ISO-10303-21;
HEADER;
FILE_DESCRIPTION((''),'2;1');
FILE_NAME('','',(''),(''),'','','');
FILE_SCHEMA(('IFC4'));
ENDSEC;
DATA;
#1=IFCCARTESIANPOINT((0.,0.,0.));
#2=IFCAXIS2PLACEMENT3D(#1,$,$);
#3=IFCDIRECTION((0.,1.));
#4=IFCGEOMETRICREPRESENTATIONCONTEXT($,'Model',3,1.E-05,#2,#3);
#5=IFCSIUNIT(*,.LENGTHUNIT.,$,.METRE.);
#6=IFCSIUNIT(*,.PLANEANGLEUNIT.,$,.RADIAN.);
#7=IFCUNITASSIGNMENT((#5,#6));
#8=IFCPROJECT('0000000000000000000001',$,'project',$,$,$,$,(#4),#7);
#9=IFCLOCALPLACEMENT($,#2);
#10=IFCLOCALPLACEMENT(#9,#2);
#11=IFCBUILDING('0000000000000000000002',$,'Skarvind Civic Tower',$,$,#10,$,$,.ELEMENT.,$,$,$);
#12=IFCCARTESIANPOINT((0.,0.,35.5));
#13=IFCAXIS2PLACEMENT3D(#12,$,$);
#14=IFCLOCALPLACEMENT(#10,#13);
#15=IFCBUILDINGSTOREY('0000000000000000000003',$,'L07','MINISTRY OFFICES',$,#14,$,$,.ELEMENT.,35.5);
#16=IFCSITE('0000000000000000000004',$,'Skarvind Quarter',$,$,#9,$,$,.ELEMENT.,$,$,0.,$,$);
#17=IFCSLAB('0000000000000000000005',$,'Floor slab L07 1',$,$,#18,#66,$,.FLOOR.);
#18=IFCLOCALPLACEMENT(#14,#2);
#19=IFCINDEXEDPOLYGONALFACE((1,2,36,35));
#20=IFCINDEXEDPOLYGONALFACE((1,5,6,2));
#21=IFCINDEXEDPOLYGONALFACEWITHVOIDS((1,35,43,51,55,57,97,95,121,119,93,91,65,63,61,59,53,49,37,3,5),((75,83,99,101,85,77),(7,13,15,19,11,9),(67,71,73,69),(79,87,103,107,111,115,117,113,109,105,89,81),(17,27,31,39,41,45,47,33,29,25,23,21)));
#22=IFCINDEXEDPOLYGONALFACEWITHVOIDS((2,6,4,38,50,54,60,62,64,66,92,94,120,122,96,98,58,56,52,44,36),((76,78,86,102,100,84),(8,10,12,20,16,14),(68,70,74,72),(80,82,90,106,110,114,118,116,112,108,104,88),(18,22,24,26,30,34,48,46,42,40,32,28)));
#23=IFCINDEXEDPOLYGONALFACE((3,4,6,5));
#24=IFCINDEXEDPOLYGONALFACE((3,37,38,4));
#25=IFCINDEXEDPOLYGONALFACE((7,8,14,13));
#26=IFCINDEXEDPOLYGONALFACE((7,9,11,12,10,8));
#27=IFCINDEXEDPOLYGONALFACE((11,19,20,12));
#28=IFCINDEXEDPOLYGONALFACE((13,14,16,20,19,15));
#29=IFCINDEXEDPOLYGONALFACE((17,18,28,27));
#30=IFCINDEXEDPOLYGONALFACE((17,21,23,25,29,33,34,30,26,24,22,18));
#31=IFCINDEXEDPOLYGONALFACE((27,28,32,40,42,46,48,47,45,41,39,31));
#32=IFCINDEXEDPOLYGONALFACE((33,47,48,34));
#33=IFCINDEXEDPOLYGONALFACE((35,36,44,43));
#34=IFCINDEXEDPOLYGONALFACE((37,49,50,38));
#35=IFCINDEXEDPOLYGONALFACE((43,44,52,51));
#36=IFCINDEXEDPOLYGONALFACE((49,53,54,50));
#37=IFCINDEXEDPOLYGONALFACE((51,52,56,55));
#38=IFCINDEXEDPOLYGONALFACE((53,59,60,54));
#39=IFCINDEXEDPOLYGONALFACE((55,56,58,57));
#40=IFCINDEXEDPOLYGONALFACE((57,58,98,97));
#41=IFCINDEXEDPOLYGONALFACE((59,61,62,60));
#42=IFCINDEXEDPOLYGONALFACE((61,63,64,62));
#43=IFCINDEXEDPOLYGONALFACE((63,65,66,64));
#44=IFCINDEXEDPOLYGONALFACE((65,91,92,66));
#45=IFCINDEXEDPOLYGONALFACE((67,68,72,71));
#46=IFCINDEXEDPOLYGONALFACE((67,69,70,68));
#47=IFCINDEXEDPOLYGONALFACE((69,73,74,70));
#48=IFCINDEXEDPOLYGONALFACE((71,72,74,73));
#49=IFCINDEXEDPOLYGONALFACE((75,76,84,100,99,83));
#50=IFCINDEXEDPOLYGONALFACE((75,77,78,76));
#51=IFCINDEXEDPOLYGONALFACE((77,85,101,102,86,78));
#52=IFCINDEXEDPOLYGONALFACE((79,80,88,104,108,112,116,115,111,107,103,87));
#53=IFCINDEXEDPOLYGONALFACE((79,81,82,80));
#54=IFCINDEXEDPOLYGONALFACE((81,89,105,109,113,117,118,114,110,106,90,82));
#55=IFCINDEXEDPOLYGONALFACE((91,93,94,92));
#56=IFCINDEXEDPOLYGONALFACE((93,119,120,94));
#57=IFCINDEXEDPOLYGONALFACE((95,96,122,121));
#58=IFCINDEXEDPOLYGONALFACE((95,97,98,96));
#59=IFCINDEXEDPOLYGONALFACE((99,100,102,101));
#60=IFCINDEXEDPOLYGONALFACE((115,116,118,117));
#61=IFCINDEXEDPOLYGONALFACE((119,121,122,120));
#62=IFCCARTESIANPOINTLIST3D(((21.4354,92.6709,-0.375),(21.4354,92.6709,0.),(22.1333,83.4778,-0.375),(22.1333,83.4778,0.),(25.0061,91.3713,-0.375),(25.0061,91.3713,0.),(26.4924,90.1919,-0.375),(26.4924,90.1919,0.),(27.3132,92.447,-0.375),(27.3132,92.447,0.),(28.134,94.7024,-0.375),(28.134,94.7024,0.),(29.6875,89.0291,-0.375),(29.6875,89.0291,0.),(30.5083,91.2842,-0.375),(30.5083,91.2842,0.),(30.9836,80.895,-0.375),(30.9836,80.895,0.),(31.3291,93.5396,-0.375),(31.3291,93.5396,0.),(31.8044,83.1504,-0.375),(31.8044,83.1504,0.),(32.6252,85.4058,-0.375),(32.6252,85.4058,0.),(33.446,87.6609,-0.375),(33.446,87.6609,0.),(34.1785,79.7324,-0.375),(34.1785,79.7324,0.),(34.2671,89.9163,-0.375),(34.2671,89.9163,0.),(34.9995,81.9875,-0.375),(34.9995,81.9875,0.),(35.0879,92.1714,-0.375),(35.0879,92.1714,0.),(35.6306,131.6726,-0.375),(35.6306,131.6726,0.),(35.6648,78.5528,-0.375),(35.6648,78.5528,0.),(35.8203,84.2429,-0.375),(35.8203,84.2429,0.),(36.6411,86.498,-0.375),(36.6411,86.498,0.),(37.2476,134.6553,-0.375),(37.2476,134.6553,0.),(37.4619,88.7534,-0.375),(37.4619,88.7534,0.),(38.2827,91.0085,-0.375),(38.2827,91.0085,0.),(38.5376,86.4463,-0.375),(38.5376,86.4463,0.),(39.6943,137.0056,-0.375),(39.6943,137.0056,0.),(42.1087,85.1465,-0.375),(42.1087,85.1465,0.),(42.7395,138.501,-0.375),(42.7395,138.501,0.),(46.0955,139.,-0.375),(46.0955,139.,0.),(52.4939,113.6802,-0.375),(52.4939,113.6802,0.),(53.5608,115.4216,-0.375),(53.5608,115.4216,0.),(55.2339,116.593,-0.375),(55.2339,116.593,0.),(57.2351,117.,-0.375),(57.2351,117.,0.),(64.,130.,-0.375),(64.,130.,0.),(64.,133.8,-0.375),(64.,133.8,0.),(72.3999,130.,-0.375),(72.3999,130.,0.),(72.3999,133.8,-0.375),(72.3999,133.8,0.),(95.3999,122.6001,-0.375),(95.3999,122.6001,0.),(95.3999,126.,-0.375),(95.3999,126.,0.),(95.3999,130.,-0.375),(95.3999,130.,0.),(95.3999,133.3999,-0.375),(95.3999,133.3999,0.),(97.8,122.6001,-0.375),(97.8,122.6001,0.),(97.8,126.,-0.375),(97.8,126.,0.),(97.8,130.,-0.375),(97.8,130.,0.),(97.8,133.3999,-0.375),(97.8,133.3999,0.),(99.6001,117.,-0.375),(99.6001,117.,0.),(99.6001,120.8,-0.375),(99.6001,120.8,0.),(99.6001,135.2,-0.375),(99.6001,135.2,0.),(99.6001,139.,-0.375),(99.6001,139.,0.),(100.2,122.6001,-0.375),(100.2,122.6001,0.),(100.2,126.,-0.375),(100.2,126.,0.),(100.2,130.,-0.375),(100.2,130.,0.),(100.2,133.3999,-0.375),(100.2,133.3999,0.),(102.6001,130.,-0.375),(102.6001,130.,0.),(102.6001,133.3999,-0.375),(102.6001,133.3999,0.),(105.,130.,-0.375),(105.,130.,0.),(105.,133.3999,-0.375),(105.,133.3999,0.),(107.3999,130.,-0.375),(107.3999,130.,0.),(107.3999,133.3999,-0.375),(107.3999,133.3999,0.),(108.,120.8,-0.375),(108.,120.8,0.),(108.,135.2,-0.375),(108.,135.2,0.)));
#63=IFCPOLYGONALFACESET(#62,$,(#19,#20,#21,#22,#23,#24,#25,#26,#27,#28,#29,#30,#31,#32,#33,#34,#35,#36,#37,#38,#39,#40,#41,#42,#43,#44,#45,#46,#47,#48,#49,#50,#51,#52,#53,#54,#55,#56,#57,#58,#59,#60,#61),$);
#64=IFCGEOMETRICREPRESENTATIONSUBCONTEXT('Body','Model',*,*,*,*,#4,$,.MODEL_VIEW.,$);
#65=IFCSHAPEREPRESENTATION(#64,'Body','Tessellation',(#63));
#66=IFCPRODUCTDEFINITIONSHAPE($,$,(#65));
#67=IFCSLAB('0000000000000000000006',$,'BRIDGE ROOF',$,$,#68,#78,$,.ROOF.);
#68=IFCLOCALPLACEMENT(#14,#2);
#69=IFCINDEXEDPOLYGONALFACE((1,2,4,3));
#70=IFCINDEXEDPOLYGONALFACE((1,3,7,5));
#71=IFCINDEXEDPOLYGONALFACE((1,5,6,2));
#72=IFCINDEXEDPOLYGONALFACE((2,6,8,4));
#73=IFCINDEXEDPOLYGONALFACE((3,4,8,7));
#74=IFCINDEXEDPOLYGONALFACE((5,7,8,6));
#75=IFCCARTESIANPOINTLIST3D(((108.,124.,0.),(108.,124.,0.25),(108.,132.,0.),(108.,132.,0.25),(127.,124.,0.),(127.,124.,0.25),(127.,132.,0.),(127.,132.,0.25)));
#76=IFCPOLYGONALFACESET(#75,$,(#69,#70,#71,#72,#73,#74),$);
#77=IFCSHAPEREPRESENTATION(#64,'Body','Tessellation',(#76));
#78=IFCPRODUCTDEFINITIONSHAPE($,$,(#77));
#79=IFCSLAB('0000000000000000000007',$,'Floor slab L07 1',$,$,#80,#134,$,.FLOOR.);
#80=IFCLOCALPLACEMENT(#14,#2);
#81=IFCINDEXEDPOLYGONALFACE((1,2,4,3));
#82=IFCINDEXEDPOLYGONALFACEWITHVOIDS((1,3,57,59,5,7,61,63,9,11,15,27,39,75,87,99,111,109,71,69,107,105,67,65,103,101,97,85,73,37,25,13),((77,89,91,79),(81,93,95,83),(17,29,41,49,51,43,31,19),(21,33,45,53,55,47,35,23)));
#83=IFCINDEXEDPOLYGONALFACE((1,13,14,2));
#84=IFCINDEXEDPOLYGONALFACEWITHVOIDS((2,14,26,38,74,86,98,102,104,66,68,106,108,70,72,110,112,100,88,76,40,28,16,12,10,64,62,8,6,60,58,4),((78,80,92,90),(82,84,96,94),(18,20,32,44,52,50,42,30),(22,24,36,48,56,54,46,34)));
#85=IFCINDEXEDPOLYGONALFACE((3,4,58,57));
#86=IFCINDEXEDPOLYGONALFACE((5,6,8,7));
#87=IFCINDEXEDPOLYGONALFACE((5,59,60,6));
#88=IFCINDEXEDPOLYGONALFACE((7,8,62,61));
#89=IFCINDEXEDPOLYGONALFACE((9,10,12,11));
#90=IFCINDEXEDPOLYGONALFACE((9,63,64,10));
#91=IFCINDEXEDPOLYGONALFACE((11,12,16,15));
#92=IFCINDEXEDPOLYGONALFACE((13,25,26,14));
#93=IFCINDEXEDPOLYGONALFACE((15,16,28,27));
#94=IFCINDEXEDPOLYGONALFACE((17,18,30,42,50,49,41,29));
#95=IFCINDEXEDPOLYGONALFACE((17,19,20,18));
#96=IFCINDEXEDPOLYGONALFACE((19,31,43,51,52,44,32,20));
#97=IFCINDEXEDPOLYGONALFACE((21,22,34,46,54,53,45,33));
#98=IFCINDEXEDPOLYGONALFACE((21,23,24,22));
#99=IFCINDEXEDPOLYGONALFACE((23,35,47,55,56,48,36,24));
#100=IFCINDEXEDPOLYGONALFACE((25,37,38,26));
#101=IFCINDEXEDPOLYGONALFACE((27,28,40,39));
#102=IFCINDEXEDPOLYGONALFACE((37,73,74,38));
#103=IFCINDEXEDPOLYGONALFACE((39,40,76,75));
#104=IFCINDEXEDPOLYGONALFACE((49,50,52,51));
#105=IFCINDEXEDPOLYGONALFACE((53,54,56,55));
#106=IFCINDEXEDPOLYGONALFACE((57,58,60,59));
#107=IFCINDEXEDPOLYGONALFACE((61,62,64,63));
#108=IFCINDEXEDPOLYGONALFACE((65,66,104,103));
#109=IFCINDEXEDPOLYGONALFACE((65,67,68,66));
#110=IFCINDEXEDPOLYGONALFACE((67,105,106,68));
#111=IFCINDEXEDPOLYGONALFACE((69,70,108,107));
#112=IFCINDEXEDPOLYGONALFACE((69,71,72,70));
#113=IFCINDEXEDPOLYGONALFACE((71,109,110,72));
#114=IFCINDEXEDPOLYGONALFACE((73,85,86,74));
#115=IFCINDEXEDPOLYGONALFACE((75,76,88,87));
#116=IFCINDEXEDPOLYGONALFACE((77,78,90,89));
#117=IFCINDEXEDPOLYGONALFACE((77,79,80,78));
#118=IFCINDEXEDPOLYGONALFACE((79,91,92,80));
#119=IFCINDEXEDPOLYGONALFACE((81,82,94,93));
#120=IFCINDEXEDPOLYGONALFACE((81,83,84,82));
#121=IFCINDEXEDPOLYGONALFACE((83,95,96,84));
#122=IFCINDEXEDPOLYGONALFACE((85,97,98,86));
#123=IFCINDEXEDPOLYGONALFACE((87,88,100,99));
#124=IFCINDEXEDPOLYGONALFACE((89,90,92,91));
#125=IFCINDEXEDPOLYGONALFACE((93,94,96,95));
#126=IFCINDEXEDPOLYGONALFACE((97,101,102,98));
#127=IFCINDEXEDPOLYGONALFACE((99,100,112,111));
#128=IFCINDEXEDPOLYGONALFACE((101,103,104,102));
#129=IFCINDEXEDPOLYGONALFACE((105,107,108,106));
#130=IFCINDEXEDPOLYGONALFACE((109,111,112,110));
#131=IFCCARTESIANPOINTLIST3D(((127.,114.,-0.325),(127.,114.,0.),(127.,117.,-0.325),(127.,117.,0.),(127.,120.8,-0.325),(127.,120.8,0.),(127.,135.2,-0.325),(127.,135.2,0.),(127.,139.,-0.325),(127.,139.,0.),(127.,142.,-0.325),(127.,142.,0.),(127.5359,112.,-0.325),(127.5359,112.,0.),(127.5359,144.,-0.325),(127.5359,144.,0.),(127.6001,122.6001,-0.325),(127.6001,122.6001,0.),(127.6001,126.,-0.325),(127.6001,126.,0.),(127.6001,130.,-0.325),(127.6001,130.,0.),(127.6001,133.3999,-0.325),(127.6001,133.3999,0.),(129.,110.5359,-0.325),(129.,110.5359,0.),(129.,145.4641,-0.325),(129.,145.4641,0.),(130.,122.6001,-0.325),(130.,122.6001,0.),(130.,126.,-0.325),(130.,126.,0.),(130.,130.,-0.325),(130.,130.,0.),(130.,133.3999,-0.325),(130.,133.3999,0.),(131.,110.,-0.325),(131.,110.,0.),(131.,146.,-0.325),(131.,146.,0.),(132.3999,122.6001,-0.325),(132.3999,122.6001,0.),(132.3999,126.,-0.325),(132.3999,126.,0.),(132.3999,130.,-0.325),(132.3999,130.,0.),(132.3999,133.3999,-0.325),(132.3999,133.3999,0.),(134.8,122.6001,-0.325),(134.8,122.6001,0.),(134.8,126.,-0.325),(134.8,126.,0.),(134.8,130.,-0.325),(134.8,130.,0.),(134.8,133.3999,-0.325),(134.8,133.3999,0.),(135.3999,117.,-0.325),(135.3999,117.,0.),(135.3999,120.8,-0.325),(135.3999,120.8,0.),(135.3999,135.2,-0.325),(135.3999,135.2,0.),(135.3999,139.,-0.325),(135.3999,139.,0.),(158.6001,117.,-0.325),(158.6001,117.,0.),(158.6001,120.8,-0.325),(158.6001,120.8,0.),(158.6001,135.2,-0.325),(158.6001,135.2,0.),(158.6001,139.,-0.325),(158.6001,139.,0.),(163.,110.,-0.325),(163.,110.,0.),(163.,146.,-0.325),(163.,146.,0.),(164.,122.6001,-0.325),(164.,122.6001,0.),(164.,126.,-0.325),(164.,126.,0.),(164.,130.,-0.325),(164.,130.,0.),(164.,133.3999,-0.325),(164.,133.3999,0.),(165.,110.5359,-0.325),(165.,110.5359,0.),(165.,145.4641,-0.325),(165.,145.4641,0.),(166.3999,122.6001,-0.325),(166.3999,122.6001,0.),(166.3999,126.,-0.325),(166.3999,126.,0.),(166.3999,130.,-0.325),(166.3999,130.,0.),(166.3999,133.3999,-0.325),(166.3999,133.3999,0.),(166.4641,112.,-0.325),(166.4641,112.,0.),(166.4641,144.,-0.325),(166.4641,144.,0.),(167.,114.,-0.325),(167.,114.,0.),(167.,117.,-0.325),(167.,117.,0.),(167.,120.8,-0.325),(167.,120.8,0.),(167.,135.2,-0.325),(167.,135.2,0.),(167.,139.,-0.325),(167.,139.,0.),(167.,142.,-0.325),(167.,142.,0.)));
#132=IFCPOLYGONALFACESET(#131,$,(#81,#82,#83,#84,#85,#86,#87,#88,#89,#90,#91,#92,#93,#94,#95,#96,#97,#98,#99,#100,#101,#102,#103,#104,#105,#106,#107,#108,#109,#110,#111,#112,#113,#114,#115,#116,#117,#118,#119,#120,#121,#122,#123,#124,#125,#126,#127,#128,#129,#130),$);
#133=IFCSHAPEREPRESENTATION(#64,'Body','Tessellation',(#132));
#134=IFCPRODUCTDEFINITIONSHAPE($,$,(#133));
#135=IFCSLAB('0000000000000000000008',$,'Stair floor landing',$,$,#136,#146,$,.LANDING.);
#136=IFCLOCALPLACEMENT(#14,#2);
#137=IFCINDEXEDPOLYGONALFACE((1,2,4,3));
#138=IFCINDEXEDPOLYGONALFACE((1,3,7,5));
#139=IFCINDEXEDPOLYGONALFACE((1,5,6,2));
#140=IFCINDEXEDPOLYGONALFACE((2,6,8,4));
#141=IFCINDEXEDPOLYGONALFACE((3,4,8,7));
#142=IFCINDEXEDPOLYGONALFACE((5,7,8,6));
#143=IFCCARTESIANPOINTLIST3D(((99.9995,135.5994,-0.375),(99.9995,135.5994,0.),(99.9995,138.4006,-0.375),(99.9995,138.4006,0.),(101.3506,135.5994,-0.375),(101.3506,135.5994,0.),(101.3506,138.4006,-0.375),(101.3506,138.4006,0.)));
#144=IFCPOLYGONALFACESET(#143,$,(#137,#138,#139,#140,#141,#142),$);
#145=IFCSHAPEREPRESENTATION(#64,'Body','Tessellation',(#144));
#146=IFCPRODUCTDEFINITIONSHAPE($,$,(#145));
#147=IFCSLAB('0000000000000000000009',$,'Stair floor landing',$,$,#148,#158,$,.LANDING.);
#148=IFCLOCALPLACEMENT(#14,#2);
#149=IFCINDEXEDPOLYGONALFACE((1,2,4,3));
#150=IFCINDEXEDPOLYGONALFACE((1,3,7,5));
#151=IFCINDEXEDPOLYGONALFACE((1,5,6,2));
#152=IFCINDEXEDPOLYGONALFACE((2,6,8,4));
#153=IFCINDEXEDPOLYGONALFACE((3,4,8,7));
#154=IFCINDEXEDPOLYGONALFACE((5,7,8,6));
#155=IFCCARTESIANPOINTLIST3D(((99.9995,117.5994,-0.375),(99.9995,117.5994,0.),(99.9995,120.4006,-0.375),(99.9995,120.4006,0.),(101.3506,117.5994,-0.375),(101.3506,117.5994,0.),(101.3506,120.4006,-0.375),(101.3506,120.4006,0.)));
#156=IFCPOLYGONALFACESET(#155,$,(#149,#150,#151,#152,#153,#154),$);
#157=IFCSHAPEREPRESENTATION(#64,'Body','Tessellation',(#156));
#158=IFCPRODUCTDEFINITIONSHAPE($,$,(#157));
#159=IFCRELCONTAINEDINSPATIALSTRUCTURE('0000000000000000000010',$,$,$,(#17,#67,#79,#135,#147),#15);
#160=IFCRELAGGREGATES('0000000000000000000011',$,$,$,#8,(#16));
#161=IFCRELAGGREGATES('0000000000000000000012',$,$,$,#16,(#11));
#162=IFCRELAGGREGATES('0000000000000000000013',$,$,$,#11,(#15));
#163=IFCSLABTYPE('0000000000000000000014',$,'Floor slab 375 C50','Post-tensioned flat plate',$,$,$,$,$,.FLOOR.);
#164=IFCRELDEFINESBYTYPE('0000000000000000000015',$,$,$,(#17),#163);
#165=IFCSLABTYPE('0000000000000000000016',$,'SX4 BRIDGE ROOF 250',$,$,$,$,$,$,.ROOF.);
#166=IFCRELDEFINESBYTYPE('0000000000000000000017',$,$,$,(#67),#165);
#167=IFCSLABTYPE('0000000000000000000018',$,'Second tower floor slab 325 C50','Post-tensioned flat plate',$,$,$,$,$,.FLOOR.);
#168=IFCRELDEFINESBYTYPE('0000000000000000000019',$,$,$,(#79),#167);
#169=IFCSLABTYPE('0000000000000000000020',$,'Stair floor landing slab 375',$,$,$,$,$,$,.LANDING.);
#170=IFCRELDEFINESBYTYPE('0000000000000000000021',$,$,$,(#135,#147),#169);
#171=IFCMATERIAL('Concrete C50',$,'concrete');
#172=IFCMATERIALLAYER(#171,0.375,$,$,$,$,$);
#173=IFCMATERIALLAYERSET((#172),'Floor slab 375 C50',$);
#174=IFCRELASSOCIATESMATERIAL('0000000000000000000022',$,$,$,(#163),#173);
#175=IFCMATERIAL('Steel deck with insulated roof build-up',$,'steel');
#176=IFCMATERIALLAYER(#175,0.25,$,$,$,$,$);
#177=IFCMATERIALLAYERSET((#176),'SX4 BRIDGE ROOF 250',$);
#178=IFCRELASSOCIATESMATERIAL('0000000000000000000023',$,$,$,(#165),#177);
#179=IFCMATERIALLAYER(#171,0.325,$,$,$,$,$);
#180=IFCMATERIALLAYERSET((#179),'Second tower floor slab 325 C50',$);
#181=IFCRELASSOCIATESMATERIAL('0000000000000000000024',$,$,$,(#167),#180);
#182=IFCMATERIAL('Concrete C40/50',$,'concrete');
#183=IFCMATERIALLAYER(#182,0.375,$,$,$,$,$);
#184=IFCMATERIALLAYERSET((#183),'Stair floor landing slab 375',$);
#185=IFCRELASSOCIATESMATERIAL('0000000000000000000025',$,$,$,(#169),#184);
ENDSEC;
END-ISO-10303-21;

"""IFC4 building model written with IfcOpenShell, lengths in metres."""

from ifc_helpers import new_model, si_unit, direction, frame, origin, place, context, subcontext, project, spatial, polyline, outline, extrude, material, layer, layer_set, type_object, element, save


model = new_model("IFC4")

# Units and contexts
model_context = context("Model", 3, precision=1e-05, world=origin(), true_north=direction((0.0, 1.0)))
body_context = subcontext(model_context, "Body", "Model", "MODEL_VIEW")
ifc_project = project(units=[si_unit("LENGTHUNIT", "METRE"), si_unit("PLANEANGLEUNIT", "RADIAN")], contexts=[model_context])

# Site, building, storey
site_placement = place(None, origin())
site = spatial("IfcSite", under=ifc_project, at=site_placement, Name="Skarvind Quarter", CompositionType="ELEMENT", RefElevation=0.0)
building_placement = place(site_placement, origin())
building = spatial("IfcBuilding", under=site, at=building_placement, Name="Skarvind Civic Tower", CompositionType="ELEMENT")
storey_placement = place(building_placement, frame((0.0, 0.0, 35.5)))
storey = spatial("IfcBuildingStorey", under=building, at=storey_placement, Name="L07", Description="MINISTRY OFFICES", CompositionType="ELEMENT", Elevation=35.5)

# Slabs
ifc_material_1 = material(Name="Concrete C50", Category="concrete")
ifc_layer_1 = layer(ifc_material_1, 0.375)
ifc_layer_set_1 = layer_set([ifc_layer_1], Name="Floor slab 375 C50")
slab_type_1 = type_object("IfcSlabType", Name="Floor slab 375 C50", Description="Post-tensioned flat plate", PredefinedType="FLOOR", material=ifc_layer_set_1)
slab_1_placement = place(storey_placement, frame((0.0, 0.0, -0.375)))
element("IfcSlab", 1, at=slab_1_placement, inside=storey, type_object=slab_type_1, Name="Floor slab L07 1", PredefinedType="FLOOR", context=body_context, shape_type="SweptSolid", body=[
    extrude(outline(polyline([(99.6001, 117.0), (99.6001, 120.8), (108.0, 120.8), (108.0, 135.2), (99.6001, 135.2), (99.6001, 139.0), (46.0955, 139.0), (42.7395, 138.501), (39.6943, 137.0056), (37.2476, 134.6553), (35.6306, 131.6726), (19.4175, 87.1267), (21.4353, 92.6709), (25.0061, 91.3713), (22.1333, 83.4778), (36.8865, 78.1082), (35.6648, 78.5527), (38.5376, 86.4463), (42.1086, 85.1465), (40.0908, 79.6023), (40.0908, 79.6023), (52.4939, 113.6802), (53.5608, 115.4216), (55.2339, 116.593), (57.2351, 117.0), (99.6001, 117.0)]), holes=[polyline([(32.6252, 85.4058), (33.446, 87.6609), (34.2671, 89.9163), (35.0879, 92.1714), (38.2827, 91.0085), (37.4619, 88.7534), (36.6411, 86.498), (35.8203, 84.2429), (35.8203, 84.2429), (34.9995, 81.9875), (34.1785, 79.7324), (30.9836, 80.895), (31.8044, 83.1504), (32.6252, 85.4058), (32.6252, 85.4058)]), polyline([(31.3291, 93.5396), (30.5083, 91.2842), (29.6875, 89.0291), (26.4924, 90.1919), (27.3132, 92.447), (28.134, 94.7024), (31.3291, 93.5396)]), polyline([(64.0, 130.0), (64.0, 133.8), (72.3999, 133.8), (72.3999, 130.0), (64.0, 130.0)]), polyline([(100.2, 126.0), (100.2, 122.6001), (97.8, 122.6001), (95.3999, 122.6001), (95.3999, 126.0), (97.8, 126.0), (100.2, 126.0)]), polyline([(100.2, 133.3999), (102.6001, 133.3999), (105.0, 133.3999), (107.3999, 133.3999), (107.3999, 130.0), (105.0, 130.0), (102.6001, 130.0), (100.2, 130.0), (97.8, 130.0), (95.3999, 130.0), (95.3999, 133.3999), (97.8, 133.3999), (100.2, 133.3999)])]), origin(), (0.0, 0.0, 1.0), 0.375),
])
ifc_material_2 = material(Name="Steel deck with insulated roof build-up", Category="steel")
ifc_layer_2 = layer(ifc_material_2, 0.25)
ifc_layer_set_2 = layer_set([ifc_layer_2], Name="SX4 BRIDGE ROOF 250")
slab_type_2 = type_object("IfcSlabType", Name="SX4 BRIDGE ROOF 250", PredefinedType="ROOF", material=ifc_layer_set_2)
slab_2_placement = place(storey_placement, origin())
element("IfcSlab", 2, at=slab_2_placement, inside=storey, type_object=slab_type_2, Name="BRIDGE ROOF", PredefinedType="ROOF", context=body_context, shape_type="SweptSolid", body=[
    extrude(outline(polyline([(127.0, 124.0), (127.0, 132.0), (108.0, 132.0), (108.0, 124.0), (127.0, 124.0)])), origin(), (0.0, 0.0, 1.0), 0.25),
])
ifc_layer_3 = layer(ifc_material_1, 0.325)
ifc_layer_set_3 = layer_set([ifc_layer_3], Name="Second tower floor slab 325 C50")
slab_type_3 = type_object("IfcSlabType", Name="Second tower floor slab 325 C50", Description="Post-tensioned flat plate", PredefinedType="FLOOR", material=ifc_layer_set_3)
slab_3_placement = place(storey_placement, frame((0.0, 0.0, -0.325)))
element("IfcSlab", 3, at=slab_3_placement, inside=storey, type_object=slab_type_3, Name="Floor slab L07 1", PredefinedType="FLOOR", context=body_context, shape_type="SweptSolid", body=[
    extrude(outline(polyline([(127.0, 139.0), (135.3999, 139.0), (135.3999, 135.2), (127.0, 135.2), (127.0, 120.8), (135.3999, 120.8), (135.3999, 117.0), (127.0, 117.0), (127.0, 114.0), (127.5359, 112.0), (129.0, 110.5359), (131.0, 110.0), (163.0, 110.0), (165.0, 110.5359), (166.4641, 112.0), (167.0, 114.0), (167.0, 117.0), (158.6001, 117.0), (158.6001, 120.8), (167.0, 120.8), (167.0, 135.2), (158.6001, 135.2), (158.6001, 139.0), (167.0, 139.0), (167.0, 142.0), (166.4641, 144.0), (165.0, 145.4641), (163.0, 146.0), (131.0, 146.0), (129.0, 145.4641), (127.5359, 144.0), (127.0, 142.0), (127.0, 139.0)]), holes=[polyline([(132.3999, 126.0), (134.8, 126.0), (134.8, 122.6001), (132.3999, 122.6001), (130.0, 122.6001), (127.6001, 122.6001), (127.6001, 126.0), (130.0, 126.0), (132.3999, 126.0)]), polyline([(130.0, 133.3999), (132.3999, 133.3999), (134.8, 133.3999), (134.8, 130.0), (132.3999, 130.0), (130.0, 130.0), (127.6001, 130.0), (127.6001, 133.3999), (130.0, 133.3999)]), polyline([(166.3999, 126.0), (166.3999, 122.6001), (164.0, 122.6001), (164.0, 126.0), (166.3999, 126.0)]), polyline([(166.3999, 133.3999), (166.3999, 130.0), (164.0, 130.0), (164.0, 133.3999), (166.3999, 133.3999)])]), origin(), (0.0, 0.0, 1.0), 0.325),
])
ifc_material_3 = material(Name="Concrete C40/50", Category="concrete")
ifc_layer_4 = layer(ifc_material_3, 0.375)
ifc_layer_set_4 = layer_set([ifc_layer_4], Name="Stair floor landing slab 375")
slab_type_4 = type_object("IfcSlabType", Name="Stair floor landing slab 375", PredefinedType="LANDING", material=ifc_layer_set_4)
slab_4_placement = place(storey_placement, frame((0.0, 0.0, -0.375)))
element("IfcSlab", 4, at=slab_4_placement, inside=storey, type_object=slab_type_4, Name="Stair floor landing", PredefinedType="LANDING", context=body_context, shape_type="SweptSolid", body=[
    extrude(outline(polyline([(101.3506, 138.4006), (101.3506, 135.5994), (99.9995, 135.5994), (99.9995, 138.4006), (101.3506, 138.4006)])), origin(), (0.0, 0.0, 1.0), 0.375),
])
slab_5_placement = place(storey_placement, frame((0.0, 0.0, -0.375)))
element("IfcSlab", 5, at=slab_5_placement, inside=storey, type_object=slab_type_4, Name="Stair floor landing", PredefinedType="LANDING", context=body_context, shape_type="SweptSolid", body=[
    extrude(outline(polyline([(101.3506, 120.4006), (101.3506, 117.5994), (99.9995, 117.5994), (99.9995, 120.4006), (101.3506, 120.4006)])), origin(), (0.0, 0.0, 1.0), 0.375),
])

save(model, "model.ifc")
